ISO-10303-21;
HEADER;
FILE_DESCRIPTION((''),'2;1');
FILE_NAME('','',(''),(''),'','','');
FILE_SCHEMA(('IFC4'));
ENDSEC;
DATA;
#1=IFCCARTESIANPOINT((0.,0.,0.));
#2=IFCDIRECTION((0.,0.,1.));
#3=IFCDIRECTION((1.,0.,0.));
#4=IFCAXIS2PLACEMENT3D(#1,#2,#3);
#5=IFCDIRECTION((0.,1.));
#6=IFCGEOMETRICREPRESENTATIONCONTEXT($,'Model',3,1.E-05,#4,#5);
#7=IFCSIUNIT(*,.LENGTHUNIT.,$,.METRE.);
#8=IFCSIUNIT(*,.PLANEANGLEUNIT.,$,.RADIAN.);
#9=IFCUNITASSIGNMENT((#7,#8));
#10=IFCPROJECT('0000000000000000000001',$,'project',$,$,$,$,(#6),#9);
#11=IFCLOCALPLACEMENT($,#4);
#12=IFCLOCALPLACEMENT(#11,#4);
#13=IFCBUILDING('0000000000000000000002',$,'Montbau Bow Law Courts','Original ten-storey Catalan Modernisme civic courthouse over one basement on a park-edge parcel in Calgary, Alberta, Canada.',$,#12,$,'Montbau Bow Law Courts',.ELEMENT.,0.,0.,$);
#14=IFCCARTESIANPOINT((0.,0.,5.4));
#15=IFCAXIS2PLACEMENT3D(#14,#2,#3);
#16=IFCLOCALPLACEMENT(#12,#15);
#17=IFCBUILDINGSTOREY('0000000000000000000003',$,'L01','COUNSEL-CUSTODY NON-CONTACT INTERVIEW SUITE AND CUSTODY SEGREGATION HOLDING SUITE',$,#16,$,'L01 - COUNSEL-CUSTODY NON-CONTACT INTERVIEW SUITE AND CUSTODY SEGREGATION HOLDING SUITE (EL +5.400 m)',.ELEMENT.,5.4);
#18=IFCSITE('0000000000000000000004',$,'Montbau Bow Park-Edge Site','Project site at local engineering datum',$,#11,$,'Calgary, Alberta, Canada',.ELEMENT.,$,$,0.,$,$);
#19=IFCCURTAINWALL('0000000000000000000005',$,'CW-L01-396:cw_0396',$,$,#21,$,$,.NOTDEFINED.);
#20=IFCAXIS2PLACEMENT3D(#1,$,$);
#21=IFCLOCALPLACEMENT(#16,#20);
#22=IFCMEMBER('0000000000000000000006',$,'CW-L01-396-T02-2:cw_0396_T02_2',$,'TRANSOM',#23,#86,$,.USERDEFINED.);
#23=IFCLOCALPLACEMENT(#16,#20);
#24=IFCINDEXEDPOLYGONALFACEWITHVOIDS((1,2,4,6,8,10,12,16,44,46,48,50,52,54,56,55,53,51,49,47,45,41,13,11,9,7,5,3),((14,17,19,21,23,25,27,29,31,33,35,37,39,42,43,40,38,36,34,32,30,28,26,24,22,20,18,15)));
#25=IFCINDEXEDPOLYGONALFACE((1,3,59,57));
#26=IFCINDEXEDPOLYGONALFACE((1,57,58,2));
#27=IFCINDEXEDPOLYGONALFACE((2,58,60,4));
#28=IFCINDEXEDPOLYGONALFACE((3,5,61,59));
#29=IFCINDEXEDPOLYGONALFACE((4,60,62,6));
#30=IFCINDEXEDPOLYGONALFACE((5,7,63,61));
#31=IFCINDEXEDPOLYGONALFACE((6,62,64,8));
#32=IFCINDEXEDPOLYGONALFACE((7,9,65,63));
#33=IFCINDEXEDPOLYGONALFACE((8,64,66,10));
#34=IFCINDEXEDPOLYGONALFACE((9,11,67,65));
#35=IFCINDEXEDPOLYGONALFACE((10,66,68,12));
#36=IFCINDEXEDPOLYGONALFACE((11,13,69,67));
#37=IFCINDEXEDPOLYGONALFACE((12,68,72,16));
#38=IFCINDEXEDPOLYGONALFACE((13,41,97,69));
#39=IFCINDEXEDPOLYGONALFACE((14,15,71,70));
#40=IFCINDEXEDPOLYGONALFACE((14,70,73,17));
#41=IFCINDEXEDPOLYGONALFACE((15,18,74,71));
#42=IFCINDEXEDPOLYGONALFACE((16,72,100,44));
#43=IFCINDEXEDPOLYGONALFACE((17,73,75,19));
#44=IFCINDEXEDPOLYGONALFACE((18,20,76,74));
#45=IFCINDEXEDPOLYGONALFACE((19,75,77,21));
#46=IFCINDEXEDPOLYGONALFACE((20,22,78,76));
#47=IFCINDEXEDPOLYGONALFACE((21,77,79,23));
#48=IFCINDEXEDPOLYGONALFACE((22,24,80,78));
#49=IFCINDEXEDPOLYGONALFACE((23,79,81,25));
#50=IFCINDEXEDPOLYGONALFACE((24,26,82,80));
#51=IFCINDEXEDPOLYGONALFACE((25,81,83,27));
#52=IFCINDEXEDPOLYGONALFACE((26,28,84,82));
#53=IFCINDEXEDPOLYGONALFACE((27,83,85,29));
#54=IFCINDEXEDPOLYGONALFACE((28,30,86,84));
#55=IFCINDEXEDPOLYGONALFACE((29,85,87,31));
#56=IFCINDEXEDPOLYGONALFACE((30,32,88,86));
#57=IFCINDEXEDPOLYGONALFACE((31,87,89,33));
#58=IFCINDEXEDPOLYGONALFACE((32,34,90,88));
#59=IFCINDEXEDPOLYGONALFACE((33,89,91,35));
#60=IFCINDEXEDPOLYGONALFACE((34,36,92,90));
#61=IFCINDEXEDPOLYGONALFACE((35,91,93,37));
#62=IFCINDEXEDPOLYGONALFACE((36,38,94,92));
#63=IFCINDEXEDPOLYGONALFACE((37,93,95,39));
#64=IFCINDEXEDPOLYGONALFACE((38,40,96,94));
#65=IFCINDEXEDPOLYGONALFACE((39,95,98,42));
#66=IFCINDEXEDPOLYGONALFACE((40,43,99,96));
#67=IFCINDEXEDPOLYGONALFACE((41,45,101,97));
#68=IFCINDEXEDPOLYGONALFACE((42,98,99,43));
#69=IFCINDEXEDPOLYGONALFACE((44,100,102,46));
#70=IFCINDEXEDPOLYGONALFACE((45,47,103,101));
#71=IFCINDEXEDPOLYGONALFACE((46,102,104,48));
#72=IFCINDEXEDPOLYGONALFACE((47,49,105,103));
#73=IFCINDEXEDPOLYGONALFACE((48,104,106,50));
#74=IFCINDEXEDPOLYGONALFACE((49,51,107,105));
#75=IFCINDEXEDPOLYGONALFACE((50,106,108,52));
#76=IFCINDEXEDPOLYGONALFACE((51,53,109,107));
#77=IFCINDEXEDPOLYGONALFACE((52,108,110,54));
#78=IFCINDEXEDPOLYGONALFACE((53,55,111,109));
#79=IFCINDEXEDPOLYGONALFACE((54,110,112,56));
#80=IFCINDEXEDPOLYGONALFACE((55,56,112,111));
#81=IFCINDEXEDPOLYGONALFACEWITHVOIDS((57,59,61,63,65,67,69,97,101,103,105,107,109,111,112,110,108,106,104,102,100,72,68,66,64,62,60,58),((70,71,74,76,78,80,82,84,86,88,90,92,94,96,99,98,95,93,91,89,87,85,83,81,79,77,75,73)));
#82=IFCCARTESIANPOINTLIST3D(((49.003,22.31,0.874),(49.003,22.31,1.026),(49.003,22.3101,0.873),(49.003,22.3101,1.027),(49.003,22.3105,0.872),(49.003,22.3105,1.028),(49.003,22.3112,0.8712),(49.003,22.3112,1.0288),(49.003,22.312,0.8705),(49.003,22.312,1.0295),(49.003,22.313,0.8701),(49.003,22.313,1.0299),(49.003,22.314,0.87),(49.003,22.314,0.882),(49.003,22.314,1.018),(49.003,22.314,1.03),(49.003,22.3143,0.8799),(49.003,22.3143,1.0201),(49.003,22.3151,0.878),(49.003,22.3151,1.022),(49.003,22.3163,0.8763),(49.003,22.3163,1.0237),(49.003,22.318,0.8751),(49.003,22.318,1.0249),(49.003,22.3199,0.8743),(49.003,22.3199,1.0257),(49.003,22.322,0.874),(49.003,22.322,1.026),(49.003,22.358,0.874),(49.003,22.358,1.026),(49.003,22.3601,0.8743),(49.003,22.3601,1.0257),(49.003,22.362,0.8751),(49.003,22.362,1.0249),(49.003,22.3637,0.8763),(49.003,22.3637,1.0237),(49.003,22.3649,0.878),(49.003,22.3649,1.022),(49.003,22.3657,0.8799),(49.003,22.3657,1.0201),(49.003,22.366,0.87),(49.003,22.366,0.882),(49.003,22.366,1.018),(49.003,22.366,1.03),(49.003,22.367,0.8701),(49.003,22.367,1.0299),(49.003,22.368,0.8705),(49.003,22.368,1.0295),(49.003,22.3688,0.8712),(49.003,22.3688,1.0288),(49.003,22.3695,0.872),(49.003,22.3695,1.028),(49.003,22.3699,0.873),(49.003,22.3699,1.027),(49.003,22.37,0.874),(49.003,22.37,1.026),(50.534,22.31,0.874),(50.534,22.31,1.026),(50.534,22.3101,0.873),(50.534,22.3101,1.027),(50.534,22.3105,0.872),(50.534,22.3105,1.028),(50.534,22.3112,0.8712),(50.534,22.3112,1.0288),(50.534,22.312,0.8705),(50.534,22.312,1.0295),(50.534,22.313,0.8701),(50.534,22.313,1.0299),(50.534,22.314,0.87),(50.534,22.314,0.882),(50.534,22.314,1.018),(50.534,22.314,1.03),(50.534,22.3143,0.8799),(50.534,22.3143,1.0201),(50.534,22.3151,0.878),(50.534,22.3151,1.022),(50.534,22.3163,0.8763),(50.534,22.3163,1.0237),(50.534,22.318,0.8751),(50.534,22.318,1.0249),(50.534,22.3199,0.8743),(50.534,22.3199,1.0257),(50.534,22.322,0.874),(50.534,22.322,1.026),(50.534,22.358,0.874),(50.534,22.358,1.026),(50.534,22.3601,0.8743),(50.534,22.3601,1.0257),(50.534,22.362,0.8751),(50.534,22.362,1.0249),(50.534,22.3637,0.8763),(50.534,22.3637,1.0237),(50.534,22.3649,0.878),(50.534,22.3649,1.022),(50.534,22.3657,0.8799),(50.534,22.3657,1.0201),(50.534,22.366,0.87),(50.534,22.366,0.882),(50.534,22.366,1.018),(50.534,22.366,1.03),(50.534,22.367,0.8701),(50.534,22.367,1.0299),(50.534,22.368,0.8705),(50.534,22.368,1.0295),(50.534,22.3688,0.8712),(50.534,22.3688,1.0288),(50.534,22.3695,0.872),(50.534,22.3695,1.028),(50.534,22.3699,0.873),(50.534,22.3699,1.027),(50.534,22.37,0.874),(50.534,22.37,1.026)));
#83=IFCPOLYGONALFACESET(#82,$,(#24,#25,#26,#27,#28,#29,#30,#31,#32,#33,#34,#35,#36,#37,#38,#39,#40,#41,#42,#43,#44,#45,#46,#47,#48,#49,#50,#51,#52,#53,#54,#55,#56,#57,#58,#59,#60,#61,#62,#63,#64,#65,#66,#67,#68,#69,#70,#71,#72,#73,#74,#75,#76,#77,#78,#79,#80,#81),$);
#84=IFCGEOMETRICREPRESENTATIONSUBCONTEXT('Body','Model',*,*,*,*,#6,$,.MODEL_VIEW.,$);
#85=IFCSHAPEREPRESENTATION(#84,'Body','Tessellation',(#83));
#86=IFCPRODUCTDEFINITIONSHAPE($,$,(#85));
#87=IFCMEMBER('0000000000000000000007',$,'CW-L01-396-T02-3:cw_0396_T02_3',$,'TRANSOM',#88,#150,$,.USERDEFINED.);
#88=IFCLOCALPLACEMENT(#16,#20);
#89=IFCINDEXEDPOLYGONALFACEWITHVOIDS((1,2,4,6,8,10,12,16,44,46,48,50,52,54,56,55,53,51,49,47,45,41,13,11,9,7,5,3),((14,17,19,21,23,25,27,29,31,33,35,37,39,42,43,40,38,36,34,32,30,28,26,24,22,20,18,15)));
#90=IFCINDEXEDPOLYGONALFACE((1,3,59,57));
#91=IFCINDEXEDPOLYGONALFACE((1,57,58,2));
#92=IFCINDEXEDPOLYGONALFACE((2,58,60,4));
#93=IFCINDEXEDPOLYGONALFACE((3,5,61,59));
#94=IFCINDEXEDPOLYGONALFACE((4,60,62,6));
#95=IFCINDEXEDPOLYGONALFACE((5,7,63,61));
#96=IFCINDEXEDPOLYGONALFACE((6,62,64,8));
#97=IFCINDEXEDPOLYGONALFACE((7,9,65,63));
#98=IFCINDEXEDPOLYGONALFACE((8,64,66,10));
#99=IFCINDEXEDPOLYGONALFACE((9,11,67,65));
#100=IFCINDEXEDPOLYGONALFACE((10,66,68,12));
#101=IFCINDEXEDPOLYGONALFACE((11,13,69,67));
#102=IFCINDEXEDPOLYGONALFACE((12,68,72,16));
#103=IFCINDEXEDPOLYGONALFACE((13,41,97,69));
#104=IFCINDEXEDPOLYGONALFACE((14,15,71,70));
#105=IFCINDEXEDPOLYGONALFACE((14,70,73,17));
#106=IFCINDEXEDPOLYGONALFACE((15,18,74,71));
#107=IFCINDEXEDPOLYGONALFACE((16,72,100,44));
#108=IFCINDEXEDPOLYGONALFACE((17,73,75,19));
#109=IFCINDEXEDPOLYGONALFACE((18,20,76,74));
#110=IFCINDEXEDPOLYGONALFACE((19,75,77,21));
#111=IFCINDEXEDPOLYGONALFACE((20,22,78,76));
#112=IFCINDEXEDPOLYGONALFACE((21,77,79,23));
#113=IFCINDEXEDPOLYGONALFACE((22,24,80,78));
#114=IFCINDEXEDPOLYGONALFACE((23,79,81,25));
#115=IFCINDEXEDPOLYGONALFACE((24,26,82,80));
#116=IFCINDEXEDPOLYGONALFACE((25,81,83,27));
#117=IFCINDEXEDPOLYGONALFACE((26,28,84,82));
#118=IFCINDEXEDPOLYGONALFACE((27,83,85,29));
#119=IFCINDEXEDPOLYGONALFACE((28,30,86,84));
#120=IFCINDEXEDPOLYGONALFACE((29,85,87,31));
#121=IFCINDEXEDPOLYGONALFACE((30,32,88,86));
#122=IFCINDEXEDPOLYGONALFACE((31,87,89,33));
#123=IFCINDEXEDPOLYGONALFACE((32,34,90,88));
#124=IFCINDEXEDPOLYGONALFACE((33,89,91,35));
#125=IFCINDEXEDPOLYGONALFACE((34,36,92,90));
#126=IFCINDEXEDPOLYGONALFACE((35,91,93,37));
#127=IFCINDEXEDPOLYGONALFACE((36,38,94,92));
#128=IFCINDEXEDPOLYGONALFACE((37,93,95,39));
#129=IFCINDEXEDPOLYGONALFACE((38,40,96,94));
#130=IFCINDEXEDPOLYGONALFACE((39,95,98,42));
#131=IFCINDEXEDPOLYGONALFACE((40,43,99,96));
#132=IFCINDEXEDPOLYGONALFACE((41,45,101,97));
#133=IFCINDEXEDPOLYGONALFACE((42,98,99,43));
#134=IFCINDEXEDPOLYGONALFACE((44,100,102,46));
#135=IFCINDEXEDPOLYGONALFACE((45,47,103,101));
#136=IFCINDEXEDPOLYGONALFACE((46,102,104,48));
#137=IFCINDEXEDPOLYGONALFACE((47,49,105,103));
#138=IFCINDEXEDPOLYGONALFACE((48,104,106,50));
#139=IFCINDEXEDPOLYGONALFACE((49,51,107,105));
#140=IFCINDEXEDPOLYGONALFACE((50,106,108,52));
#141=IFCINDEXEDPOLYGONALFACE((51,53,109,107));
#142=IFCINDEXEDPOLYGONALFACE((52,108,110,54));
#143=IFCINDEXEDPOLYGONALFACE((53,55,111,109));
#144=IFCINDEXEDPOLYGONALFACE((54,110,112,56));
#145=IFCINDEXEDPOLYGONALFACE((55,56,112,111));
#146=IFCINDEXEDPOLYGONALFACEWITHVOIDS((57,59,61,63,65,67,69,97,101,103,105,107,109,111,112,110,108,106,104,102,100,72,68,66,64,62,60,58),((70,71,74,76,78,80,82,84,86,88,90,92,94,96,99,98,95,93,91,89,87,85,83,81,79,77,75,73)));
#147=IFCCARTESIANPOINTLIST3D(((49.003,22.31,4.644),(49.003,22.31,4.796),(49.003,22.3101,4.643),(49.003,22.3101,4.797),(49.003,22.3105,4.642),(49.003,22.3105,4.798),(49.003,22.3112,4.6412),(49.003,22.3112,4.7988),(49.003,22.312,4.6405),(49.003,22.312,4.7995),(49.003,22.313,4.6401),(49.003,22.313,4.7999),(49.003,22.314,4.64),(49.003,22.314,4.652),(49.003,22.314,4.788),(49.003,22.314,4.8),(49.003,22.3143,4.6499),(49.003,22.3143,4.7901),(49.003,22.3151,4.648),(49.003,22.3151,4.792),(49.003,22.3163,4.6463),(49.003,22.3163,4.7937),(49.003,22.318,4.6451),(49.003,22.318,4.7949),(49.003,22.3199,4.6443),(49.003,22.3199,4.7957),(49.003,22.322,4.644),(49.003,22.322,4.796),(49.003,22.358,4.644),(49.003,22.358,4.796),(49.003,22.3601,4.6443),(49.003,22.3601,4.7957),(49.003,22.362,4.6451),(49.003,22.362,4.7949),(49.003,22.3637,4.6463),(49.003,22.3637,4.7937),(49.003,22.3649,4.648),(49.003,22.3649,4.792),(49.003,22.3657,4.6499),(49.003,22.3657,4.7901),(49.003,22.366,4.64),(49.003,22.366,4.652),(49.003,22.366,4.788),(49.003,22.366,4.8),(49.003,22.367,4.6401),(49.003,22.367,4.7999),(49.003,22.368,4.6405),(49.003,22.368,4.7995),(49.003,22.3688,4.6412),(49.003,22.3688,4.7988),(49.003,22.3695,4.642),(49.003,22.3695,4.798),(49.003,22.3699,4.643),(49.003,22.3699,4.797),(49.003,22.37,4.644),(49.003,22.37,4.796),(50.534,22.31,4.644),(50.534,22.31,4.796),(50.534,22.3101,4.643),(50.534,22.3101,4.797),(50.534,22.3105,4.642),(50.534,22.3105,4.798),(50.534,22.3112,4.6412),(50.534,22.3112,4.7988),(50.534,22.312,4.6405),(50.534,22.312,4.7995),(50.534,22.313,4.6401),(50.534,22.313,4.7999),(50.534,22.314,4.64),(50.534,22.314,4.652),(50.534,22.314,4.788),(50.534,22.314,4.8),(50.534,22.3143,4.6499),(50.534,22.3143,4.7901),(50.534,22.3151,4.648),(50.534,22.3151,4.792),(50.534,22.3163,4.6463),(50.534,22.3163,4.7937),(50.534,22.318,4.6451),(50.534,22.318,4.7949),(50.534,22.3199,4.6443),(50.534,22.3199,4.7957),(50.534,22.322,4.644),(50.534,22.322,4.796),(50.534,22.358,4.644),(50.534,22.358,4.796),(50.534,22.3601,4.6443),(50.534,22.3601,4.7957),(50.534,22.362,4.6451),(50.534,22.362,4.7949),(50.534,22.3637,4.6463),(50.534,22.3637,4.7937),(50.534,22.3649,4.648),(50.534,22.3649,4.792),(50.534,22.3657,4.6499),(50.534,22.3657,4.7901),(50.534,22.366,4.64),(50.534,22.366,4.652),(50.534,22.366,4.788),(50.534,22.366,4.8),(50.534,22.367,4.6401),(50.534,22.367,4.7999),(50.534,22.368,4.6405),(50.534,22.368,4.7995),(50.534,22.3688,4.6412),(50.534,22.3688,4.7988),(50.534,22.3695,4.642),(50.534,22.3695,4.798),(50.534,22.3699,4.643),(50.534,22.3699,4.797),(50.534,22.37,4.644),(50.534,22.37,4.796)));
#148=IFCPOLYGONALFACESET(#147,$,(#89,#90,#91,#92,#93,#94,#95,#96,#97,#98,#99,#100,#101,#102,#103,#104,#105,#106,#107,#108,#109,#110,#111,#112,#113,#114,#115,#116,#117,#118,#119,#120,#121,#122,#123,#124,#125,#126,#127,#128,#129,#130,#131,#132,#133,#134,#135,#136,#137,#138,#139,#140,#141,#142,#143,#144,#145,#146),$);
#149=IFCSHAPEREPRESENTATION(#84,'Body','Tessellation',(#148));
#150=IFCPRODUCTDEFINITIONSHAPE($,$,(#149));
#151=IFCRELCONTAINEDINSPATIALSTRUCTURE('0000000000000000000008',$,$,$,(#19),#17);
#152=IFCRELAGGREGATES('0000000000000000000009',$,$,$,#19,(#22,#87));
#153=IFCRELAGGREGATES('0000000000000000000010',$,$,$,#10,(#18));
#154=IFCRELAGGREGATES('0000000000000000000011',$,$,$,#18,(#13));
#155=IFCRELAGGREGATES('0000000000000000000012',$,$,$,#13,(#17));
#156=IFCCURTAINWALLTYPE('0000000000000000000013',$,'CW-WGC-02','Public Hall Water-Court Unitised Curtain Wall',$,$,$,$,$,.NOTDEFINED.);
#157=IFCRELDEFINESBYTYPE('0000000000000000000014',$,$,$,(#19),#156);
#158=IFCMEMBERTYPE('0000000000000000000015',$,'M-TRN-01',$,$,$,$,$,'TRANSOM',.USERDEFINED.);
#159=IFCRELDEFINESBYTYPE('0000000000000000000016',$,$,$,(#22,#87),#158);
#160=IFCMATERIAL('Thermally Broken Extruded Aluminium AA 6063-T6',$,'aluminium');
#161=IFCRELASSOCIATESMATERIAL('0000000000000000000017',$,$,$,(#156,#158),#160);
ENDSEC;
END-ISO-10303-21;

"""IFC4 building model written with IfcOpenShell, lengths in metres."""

from ifc_helpers import new_model, si_unit, direction, frame, origin_with_axes, origin_2d_with_axis, place, context, subcontext, project, spatial, hollow_rectangle, extrude, material, material_profile, profile_set, type_object, element, aggregate, save


model = new_model("IFC4")

# Units and contexts
model_context = context("Model", 3, precision=1e-05, world=origin_with_axes(), true_north=direction((0.0, 1.0)))
body_context = subcontext(model_context, "Body", "Model", "MODEL_VIEW")
ifc_project = project(units=[si_unit("LENGTHUNIT", "METRE"), si_unit("PLANEANGLEUNIT", "RADIAN")], contexts=[model_context])

# Site, building, storey
site_placement = place(None, origin_with_axes())
site = spatial("IfcSite", under=ifc_project, at=site_placement, Name="Montbau Bow Park-Edge Site", Description="Project site at local engineering datum", LongName="Calgary, Alberta, Canada", CompositionType="ELEMENT", RefElevation=0.0)
building_placement = place(site_placement, origin_with_axes())
building = spatial("IfcBuilding", under=site, at=building_placement, Name="Montbau Bow Law Courts", Description="Original ten-storey Catalan Modernisme civic courthouse over one basement on a park-edge parcel in Calgary, Alberta, Canada.", LongName="Montbau Bow Law Courts", CompositionType="ELEMENT", ElevationOfRefHeight=0.0, ElevationOfTerrain=0.0)
storey_placement = place(building_placement, frame((0.0, 0.0, 5.4), z_axis=(0.0, 0.0, 1.0), x_axis=(1.0, 0.0, 0.0)))
storey = spatial("IfcBuildingStorey", under=building, at=storey_placement, Name="L01", Description="COUNSEL-CUSTODY NON-CONTACT INTERVIEW SUITE AND CUSTODY SEGREGATION HOLDING SUITE", LongName="L01 - COUNSEL-CUSTODY NON-CONTACT INTERVIEW SUITE AND CUSTODY SEGREGATION HOLDING SUITE (EL +5.400 m)", CompositionType="ELEMENT", Elevation=5.4)

# Curtain wall
ifc_material_1 = material(Name="Thermally Broken Extruded Aluminium AA 6063-T6", Category="aluminium")
curtain_wall_type_1 = type_object("IfcCurtainWallType", Name="CW-WGC-02", Description="Public Hall Water-Court Unitised Curtain Wall", PredefinedType="NOTDEFINED", material=ifc_material_1)
curtain_wall_1_placement = place(None, frame((47.315, 22.34, 5.4), z_axis=(0.0, 0.0, 1.0), x_axis=(1.0, 0.0, 0.0)))
curtain_wall_1 = element("IfcCurtainWall", 1, at=curtain_wall_1_placement, inside=storey, type_object=curtain_wall_type_1, Name="CW-L01-396:cw_0396", PredefinedType="NOTDEFINED")

# Members
ifc_material_profile_1 = material_profile(ifc_material_1, hollow_rectangle(XDim=0.06, YDim=0.16, WallThickness=0.004, InnerFilletRadius=0.008, OuterFilletRadius=0.004, at=origin_2d_with_axis()), Name="CWT-160X60", Category="Main", Priority=0)
ifc_profile_set_1 = profile_set([ifc_material_profile_1], Name="Thermally Broken Extruded Aluminium AA 6063-T6")
member_type_1 = type_object("IfcMemberType", Name="M-TRN-01", ElementType="TRANSOM", PredefinedType="USERDEFINED", material=ifc_profile_set_1)
member_1_placement = place(None, frame((49.003, 22.34, 6.35), z_axis=(1.0, 0.0, 0.0), x_axis=(0.0, 1.0, 0.0)))
member_1 = element("IfcMember", 2, at=member_1_placement, type_object=member_type_1, Name="CW-L01-396-T02-2:cw_0396_T02_2", ObjectType="TRANSOM", PredefinedType="USERDEFINED", context=body_context, shape_type="SweptSolid", body=[
    extrude(hollow_rectangle(XDim=0.06, YDim=0.16, WallThickness=0.004, InnerFilletRadius=0.008, OuterFilletRadius=0.004, at=origin_2d_with_axis()), origin_with_axes(), (0.0, 0.0, 1.0), 1.531),
])
member_2_placement = place(None, frame((49.003, 22.34, 10.12), z_axis=(1.0, 0.0, 0.0), x_axis=(0.0, 1.0, 0.0)))
member_2 = element("IfcMember", 3, at=member_2_placement, type_object=member_type_1, Name="CW-L01-396-T02-3:cw_0396_T02_3", ObjectType="TRANSOM", PredefinedType="USERDEFINED", context=body_context, shape_type="SweptSolid", body=[
    extrude(hollow_rectangle(XDim=0.06, YDim=0.16, WallThickness=0.004, InnerFilletRadius=0.008, OuterFilletRadius=0.004, at=origin_2d_with_axis()), origin_with_axes(), (0.0, 0.0, 1.0), 1.531),
])

aggregate(curtain_wall_1, [member_1, member_2])

save(model, "model.ifc")
